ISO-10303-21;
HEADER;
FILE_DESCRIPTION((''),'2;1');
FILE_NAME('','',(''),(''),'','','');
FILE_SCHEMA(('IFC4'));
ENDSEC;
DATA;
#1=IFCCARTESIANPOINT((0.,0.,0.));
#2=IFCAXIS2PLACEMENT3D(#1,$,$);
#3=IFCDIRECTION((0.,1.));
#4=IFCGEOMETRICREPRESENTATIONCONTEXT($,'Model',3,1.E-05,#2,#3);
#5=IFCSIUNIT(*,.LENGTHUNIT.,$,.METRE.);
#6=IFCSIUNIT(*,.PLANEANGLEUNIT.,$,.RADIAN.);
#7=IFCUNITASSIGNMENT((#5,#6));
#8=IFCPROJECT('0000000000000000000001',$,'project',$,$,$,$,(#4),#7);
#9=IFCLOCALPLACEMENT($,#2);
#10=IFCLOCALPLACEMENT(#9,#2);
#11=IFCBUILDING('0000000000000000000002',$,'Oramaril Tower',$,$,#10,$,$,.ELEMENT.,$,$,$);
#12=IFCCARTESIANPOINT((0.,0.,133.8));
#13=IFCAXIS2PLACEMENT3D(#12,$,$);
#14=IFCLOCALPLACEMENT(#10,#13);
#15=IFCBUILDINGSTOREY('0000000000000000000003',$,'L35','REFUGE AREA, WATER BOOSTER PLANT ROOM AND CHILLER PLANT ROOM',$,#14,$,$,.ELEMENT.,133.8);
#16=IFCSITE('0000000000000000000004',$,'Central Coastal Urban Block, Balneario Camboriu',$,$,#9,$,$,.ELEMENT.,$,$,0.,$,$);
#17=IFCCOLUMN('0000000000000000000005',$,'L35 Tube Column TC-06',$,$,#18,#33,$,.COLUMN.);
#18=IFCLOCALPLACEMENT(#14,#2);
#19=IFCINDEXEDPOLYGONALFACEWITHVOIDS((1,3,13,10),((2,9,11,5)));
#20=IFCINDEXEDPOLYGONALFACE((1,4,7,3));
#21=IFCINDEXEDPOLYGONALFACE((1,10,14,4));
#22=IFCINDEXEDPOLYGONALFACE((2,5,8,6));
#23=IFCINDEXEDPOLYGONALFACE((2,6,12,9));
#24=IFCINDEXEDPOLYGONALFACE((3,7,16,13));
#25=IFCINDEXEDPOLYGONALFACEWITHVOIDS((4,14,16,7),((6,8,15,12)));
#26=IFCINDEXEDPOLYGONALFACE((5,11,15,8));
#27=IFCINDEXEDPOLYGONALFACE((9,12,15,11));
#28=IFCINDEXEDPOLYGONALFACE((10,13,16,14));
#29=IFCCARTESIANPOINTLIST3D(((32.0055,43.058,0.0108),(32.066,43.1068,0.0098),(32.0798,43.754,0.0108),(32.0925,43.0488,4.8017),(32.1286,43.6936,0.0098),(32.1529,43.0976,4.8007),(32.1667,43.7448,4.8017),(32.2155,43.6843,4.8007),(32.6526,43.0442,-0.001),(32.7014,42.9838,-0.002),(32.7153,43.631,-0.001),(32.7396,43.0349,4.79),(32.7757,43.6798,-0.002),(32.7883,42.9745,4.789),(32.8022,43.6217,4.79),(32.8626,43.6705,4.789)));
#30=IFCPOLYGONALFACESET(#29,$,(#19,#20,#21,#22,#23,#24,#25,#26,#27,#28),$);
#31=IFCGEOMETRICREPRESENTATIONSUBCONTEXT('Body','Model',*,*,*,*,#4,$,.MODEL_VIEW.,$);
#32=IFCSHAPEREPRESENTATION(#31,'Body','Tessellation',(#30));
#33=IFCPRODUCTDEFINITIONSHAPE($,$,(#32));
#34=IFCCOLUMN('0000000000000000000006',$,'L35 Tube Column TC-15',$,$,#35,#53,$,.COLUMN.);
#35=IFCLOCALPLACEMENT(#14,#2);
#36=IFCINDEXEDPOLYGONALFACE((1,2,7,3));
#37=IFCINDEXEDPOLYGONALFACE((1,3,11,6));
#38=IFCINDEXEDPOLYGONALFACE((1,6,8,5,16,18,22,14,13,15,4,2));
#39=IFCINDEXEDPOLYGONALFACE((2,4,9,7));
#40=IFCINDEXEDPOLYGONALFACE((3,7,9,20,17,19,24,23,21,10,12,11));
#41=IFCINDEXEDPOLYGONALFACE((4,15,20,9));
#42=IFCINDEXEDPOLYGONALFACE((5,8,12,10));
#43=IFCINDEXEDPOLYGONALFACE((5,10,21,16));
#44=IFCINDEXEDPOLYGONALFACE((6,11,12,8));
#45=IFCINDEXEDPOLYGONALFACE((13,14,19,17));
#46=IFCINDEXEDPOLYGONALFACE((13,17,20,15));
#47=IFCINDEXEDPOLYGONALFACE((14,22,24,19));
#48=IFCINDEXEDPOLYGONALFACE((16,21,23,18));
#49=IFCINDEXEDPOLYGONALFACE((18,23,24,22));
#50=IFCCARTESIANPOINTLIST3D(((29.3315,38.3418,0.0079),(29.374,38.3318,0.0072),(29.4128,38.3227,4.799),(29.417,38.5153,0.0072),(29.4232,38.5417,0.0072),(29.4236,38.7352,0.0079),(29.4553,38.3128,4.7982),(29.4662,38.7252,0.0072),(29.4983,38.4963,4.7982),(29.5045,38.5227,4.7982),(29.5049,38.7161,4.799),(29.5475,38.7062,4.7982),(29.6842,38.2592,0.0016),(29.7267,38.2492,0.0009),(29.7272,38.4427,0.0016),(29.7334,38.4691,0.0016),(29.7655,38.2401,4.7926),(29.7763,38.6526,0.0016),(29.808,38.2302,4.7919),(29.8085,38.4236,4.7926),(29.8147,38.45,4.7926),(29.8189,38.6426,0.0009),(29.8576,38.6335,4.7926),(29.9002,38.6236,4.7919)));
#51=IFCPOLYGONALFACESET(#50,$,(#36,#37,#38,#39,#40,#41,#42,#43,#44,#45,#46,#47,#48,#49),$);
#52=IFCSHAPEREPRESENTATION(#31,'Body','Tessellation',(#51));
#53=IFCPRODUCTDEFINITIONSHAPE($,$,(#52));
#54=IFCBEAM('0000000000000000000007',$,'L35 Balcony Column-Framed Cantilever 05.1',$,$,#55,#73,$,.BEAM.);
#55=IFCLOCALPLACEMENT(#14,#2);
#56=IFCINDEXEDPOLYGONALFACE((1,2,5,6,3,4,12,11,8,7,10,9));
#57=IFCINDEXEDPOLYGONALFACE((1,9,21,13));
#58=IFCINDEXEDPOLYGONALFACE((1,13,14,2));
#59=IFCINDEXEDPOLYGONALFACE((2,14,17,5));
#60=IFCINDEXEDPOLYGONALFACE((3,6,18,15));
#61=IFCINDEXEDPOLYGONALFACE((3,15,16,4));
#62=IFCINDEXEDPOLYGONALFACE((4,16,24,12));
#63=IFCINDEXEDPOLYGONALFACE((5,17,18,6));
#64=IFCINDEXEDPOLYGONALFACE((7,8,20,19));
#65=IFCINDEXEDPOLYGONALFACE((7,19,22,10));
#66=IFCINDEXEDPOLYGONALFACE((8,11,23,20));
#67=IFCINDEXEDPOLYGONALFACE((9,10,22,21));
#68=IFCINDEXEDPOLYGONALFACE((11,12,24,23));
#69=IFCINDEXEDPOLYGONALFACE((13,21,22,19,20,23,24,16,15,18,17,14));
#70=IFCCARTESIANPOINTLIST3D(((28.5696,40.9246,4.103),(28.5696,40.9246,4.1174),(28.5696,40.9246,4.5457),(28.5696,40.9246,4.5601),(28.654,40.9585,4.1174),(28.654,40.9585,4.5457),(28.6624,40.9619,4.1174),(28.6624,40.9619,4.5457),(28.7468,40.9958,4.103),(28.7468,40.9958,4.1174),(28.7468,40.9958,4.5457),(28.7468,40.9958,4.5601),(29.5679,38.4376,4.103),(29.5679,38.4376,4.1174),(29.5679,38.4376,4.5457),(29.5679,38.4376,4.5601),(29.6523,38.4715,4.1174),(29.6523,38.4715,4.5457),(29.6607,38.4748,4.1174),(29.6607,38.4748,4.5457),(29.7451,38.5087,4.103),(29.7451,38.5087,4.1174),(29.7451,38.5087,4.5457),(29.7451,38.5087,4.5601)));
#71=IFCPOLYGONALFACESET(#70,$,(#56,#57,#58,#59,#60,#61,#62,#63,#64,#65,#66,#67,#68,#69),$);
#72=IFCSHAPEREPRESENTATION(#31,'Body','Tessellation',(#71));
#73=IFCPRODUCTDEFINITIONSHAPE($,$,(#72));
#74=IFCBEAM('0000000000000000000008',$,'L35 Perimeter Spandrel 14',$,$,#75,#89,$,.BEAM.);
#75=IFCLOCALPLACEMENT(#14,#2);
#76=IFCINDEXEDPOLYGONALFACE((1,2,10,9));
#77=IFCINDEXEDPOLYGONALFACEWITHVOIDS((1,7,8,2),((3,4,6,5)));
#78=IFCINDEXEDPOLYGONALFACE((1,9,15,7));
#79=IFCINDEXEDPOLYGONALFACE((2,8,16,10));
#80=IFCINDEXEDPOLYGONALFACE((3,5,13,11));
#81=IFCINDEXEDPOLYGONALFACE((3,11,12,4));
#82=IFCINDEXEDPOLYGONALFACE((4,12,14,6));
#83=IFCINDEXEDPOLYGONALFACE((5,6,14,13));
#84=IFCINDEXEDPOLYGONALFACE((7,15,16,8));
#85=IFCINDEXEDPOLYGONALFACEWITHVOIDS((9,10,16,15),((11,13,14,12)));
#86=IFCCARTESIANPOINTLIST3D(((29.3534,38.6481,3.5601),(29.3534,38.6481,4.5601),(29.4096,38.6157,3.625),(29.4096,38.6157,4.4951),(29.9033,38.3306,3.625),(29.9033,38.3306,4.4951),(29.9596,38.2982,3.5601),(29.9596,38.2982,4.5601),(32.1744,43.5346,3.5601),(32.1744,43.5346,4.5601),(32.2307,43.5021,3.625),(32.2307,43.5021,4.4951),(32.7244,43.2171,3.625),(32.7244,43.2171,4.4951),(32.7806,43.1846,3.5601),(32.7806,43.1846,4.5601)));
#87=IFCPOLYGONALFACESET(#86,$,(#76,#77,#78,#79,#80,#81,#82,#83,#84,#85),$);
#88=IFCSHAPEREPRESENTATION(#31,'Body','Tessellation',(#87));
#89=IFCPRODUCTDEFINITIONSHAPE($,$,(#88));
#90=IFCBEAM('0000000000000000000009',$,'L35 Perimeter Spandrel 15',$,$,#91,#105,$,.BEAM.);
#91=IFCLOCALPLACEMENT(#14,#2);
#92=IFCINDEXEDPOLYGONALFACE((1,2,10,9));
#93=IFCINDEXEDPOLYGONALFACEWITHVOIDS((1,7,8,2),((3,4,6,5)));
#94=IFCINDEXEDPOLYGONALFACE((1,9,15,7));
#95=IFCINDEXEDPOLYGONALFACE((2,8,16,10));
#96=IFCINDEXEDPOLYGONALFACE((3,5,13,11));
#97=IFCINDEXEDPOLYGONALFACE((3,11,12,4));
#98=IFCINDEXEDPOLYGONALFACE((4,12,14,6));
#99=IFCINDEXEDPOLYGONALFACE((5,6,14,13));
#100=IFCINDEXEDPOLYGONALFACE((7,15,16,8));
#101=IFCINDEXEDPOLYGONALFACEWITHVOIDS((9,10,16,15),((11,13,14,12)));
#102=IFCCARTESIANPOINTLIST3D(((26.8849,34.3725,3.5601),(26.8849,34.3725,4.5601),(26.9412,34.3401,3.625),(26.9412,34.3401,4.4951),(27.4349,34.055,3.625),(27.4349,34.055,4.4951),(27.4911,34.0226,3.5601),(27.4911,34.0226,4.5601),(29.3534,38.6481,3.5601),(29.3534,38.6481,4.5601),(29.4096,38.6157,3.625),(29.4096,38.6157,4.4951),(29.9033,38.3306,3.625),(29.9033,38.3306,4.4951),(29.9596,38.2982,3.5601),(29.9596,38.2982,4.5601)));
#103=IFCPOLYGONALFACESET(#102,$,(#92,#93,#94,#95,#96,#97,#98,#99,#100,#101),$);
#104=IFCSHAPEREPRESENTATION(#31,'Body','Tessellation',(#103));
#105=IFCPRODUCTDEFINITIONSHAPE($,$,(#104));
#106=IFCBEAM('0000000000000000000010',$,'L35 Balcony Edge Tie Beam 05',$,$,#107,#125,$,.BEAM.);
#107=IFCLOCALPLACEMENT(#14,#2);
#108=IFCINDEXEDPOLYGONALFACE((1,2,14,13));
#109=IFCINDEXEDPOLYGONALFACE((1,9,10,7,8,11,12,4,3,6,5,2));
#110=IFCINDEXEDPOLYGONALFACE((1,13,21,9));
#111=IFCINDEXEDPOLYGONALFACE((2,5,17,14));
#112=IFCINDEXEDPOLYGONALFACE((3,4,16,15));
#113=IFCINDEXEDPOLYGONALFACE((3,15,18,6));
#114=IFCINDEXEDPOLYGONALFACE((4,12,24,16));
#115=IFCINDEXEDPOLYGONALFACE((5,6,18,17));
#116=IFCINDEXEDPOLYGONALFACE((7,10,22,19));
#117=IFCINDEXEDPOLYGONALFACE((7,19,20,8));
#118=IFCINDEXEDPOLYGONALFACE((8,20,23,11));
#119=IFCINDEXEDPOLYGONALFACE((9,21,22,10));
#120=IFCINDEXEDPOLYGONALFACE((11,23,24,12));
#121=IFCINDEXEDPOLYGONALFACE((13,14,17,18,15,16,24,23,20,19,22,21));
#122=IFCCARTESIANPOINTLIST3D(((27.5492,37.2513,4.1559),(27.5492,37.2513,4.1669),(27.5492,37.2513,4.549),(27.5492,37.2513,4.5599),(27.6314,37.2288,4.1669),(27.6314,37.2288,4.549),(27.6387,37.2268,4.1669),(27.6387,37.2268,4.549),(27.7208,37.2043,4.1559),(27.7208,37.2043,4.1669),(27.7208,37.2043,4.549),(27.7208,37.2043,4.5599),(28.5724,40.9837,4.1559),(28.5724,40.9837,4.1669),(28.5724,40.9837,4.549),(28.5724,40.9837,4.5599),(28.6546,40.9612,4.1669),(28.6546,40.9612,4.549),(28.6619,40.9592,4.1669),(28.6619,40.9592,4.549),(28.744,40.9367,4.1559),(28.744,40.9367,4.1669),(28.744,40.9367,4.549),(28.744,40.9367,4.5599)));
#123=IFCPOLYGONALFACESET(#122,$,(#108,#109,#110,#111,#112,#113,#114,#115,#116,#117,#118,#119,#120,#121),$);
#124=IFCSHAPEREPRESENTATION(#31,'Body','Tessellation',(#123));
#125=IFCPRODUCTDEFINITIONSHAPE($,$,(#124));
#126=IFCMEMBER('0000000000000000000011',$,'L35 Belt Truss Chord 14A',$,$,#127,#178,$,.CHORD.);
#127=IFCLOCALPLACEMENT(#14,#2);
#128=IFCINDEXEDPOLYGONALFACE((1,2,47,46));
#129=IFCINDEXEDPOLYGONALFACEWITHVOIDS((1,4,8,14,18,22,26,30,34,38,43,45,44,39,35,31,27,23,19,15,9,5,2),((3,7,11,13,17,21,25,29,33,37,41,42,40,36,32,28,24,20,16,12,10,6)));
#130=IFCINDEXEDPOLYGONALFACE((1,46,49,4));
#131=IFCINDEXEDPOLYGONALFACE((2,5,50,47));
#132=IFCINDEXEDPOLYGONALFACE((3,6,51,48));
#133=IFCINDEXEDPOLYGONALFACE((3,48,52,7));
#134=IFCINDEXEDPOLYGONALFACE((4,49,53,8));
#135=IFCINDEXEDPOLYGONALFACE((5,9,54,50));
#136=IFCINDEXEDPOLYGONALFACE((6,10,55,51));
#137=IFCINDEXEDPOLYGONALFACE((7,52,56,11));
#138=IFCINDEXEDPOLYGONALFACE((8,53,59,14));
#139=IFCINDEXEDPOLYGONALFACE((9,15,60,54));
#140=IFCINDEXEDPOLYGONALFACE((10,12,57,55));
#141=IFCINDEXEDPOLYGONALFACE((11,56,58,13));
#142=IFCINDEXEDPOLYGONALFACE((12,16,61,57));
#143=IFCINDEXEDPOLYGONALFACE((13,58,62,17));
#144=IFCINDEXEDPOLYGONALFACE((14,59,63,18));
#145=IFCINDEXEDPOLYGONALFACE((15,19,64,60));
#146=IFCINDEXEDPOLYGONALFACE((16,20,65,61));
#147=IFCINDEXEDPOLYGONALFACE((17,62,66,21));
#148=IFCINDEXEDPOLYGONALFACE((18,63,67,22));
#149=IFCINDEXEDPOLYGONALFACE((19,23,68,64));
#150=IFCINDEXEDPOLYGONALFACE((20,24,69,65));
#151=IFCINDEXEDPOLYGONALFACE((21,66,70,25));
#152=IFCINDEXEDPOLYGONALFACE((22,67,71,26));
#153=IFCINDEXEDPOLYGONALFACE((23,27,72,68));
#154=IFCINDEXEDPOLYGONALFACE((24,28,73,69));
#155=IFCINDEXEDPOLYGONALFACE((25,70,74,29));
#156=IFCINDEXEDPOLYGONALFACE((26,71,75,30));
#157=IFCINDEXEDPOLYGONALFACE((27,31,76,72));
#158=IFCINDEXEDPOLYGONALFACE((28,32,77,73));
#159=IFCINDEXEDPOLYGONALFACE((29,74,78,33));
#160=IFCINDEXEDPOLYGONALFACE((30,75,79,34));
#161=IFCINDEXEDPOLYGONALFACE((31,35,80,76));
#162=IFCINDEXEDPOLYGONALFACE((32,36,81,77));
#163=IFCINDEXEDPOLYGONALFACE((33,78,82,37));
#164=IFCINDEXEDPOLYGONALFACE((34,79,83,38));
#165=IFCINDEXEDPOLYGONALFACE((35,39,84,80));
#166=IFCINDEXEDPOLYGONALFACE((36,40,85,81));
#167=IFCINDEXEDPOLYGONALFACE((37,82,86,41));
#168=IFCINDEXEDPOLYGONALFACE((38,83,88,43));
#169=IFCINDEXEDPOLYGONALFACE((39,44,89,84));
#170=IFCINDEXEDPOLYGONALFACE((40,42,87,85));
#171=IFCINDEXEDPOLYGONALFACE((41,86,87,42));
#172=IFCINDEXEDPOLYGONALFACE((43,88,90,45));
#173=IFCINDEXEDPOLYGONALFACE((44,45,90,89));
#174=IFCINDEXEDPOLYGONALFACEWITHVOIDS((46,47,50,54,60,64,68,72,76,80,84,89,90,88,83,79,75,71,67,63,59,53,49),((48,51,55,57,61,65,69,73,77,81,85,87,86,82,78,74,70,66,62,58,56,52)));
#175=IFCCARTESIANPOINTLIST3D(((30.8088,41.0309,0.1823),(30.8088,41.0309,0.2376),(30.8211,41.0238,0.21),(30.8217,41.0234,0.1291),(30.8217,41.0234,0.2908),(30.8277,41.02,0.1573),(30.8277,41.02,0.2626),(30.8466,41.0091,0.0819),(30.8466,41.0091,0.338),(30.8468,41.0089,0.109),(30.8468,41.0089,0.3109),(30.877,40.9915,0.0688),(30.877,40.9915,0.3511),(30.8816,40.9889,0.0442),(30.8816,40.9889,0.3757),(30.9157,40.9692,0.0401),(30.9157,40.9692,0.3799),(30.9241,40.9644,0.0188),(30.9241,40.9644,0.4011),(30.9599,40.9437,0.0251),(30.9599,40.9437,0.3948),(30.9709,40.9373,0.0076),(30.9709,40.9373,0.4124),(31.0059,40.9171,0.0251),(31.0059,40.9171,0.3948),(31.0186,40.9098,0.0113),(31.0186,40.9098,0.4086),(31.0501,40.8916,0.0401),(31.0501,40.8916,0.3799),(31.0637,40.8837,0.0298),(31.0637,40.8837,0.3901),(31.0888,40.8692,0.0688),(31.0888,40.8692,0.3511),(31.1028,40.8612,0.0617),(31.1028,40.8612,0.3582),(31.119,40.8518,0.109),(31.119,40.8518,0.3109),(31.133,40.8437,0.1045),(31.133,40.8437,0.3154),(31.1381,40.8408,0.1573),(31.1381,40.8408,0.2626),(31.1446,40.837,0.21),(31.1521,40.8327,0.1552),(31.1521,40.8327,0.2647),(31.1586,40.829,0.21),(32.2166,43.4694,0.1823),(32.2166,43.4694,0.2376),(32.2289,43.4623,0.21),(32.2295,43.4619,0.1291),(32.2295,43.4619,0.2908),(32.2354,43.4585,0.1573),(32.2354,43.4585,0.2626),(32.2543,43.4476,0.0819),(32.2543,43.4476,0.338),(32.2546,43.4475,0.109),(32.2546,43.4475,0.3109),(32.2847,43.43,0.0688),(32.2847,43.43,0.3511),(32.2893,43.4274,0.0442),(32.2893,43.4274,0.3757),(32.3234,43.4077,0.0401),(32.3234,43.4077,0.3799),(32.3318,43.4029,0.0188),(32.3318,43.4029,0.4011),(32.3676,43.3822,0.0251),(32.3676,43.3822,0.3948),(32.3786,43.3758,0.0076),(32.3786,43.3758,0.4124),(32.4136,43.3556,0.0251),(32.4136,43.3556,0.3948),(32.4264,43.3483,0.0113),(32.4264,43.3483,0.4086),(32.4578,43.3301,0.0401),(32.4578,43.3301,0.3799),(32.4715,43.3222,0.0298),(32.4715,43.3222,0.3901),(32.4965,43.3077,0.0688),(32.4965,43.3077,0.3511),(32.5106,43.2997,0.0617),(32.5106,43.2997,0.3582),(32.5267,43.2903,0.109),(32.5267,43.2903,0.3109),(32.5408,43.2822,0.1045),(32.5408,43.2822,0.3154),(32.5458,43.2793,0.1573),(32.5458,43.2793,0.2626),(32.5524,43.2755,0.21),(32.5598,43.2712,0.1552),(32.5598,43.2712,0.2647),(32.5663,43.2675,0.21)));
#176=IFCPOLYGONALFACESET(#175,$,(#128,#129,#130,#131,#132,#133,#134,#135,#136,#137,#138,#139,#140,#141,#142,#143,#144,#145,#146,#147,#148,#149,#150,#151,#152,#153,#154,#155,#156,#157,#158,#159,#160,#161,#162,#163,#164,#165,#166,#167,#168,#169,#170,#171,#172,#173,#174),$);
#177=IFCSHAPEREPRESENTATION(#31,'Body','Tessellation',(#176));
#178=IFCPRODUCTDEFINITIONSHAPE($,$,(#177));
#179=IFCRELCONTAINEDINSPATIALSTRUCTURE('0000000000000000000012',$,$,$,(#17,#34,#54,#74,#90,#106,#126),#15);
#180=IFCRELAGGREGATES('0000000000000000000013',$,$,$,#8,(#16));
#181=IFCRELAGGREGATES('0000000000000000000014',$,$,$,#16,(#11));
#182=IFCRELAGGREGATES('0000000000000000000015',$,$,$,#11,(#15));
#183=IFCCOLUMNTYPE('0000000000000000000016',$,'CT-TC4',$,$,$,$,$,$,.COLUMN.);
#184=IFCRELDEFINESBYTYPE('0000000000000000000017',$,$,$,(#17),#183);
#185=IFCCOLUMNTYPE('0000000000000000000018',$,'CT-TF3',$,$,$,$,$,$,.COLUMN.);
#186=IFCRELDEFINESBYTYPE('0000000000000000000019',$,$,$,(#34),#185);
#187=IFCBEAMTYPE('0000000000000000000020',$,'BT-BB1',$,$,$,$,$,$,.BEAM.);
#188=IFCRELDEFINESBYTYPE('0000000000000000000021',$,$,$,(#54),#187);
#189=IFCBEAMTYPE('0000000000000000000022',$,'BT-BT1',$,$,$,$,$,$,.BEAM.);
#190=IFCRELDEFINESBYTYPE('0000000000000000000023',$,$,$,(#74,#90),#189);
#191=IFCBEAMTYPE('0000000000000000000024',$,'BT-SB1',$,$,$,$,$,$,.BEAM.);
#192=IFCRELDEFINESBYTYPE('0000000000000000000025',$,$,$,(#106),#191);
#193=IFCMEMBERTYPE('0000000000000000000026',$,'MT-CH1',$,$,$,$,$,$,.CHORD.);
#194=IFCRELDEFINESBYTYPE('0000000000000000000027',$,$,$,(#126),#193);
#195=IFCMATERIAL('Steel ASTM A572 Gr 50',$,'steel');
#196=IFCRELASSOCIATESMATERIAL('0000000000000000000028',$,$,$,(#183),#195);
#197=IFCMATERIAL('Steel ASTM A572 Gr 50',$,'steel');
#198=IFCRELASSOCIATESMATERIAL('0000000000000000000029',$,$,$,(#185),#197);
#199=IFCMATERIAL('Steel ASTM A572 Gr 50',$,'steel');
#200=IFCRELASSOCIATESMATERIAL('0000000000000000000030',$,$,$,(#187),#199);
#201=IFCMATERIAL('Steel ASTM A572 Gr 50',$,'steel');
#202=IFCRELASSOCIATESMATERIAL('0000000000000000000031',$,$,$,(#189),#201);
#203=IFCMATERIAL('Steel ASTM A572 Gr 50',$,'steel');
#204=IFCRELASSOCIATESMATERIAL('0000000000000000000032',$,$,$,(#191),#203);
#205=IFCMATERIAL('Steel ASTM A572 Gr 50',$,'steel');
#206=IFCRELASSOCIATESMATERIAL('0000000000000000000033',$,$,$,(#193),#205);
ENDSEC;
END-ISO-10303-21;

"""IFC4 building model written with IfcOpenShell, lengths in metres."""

from ifc_helpers import new_model, si_unit, direction, frame, origin, origin_2d, place, context, subcontext, project, spatial, hollow_rectangle, hollow_circle, i_section, extrude, material, material_profile, profile_set, type_object, element, save


model = new_model("IFC4")

# Units and contexts
model_context = context("Model", 3, precision=1e-05, world=origin(), true_north=direction((0.0, 1.0)))
body_context = subcontext(model_context, "Body", "Model", "MODEL_VIEW")
ifc_project = project(units=[si_unit("LENGTHUNIT", "METRE"), si_unit("PLANEANGLEUNIT", "RADIAN")], contexts=[model_context])

# Site, building, storey
site_placement = place(None, origin())
site = spatial("IfcSite", under=ifc_project, at=site_placement, Name="Central Coastal Urban Block, Balneario Camboriu", CompositionType="ELEMENT", RefElevation=0.0)
building_placement = place(site_placement, origin())
building = spatial("IfcBuilding", under=site, at=building_placement, Name="Oramaril Tower", CompositionType="ELEMENT")
storey_placement = place(building_placement, frame((0.0, 0.0, 133.8)))
storey = spatial("IfcBuildingStorey", under=building, at=storey_placement, Name="L35", Description="REFUGE AREA, WATER BOOSTER PLANT ROOM AND CHILLER PLANT ROOM", CompositionType="ELEMENT", Elevation=133.8)

# Columns
ifc_material_1 = material(Name="Steel ASTM A572 Gr 50", Category="steel")
ifc_material_profile_1 = material_profile(ifc_material_1, hollow_rectangle(XDim=0.7, YDim=0.7, WallThickness=0.0549, at=origin_2d()), Name="BOX700X700X55")
ifc_profile_set_1 = profile_set([ifc_material_profile_1], Name="Steel ASTM A572 Gr 50")
column_type_1 = type_object("IfcColumnType", Name="CT-TC4", PredefinedType="COLUMN", material=ifc_profile_set_1)
column_1_placement = place(storey_placement, frame((32.3906, 43.3689, 0.0044), z_axis=(0.018138, -0.001936, 0.999834), x_axis=(0.106139, 0.994351, 0.0)))
element("IfcColumn", 1, at=column_1_placement, inside=storey, type_object=column_type_1, Name="L35 Tube Column TC-06", PredefinedType="COLUMN", context=body_context, shape_type="SweptSolid", body=[
    extrude(hollow_rectangle(XDim=0.7, YDim=0.7, WallThickness=0.0549, at=origin_2d()), origin(), (0.0, 0.0, 1.0), 4.7917),
])
ifc_material_2 = material(Name="Steel ASTM A572 Gr 50", Category="steel")
ifc_material_profile_2 = material_profile(ifc_material_2, i_section(OverallWidth=0.4041, OverallDepth=0.406, WebThickness=0.0271, FlangeThickness=0.0437, at=origin_2d()), Name="W14X233")
ifc_profile_set_2 = profile_set([ifc_material_profile_2], Name="Steel ASTM A572 Gr 50")
column_type_2 = type_object("IfcColumnType", Name="CT-TF3", PredefinedType="COLUMN", material=ifc_profile_set_2)
column_2_placement = place(storey_placement, frame((29.5752, 38.4922, 0.0044), z_axis=(0.016966, -0.003974, 0.999848), x_axis=(0.228061, 0.973647, 0.0)))
element("IfcColumn", 2, at=column_2_placement, inside=storey, type_object=column_type_2, Name="L35 Tube Column TC-15", PredefinedType="COLUMN", context=body_context, shape_type="SweptSolid", body=[
    extrude(i_section(OverallWidth=0.4041, OverallDepth=0.406, WebThickness=0.0271, FlangeThickness=0.0437, at=origin_2d()), origin(), (0.0, 0.0, 1.0), 4.7917),
])

# Beams
ifc_material_3 = material(Name="Steel ASTM A572 Gr 50", Category="steel")
ifc_material_profile_3 = material_profile(ifc_material_3, i_section(OverallWidth=0.1909, OverallDepth=0.457, WebThickness=0.009, FlangeThickness=0.0144, at=origin_2d()), Name="W18X50")
ifc_profile_set_3 = profile_set([ifc_material_profile_3], Name="Steel ASTM A572 Gr 50")
beam_type_1 = type_object("IfcBeamType", Name="BT-BB1", PredefinedType="BEAM", material=ifc_profile_set_3)
beam_1_placement = place(storey_placement, frame((29.6565, 38.4731, 4.3315), z_axis=(-0.372506, 0.92803, 0.0), x_axis=(-0.92803, -0.372506, 0.0)))
element("IfcBeam", 3, at=beam_1_placement, inside=storey, type_object=beam_type_1, Name="L35 Balcony Column-Framed Cantilever 05.1", PredefinedType="BEAM", context=body_context, shape_type="SweptSolid", body=[
    extrude(i_section(OverallWidth=0.1909, OverallDepth=0.457, WebThickness=0.009, FlangeThickness=0.0144, at=origin_2d()), origin(), (0.0, 0.0, 1.0), 2.6799),
])
ifc_material_4 = material(Name="Steel ASTM A572 Gr 50", Category="steel")
ifc_material_profile_4 = material_profile(ifc_material_4, hollow_rectangle(XDim=0.7, YDim=1.0, WallThickness=0.0649, at=origin_2d()), Name="BOX1000X700X65")
ifc_profile_set_4 = profile_set([ifc_material_profile_4], Name="Steel ASTM A572 Gr 50")
beam_type_2 = type_object("IfcBeamType", Name="BT-BT1", PredefinedType="BEAM", material=ifc_profile_set_4)
beam_2_placement = place(storey_placement, frame((32.4775, 43.3596, 4.0601), z_axis=(-0.499978, -0.866038, 0.0), x_axis=(0.866038, -0.499978, 0.0)))
element("IfcBeam", 4, at=beam_2_placement, inside=storey, type_object=beam_type_2, Name="L35 Perimeter Spandrel 14", PredefinedType="BEAM", context=body_context, shape_type="SweptSolid", body=[
    extrude(hollow_rectangle(XDim=0.7, YDim=1.0, WallThickness=0.0649, at=origin_2d()), origin(), (0.0, 0.0, 1.0), 5.6423),
])
beam_3_placement = place(storey_placement, frame((29.6565, 38.4731, 4.0601), z_axis=(-0.499995, -0.866028, 0.0), x_axis=(0.866028, -0.499995, 0.0)))
element("IfcBeam", 5, at=beam_3_placement, inside=storey, type_object=beam_type_2, Name="L35 Perimeter Spandrel 15", PredefinedType="BEAM", context=body_context, shape_type="SweptSolid", body=[
    extrude(hollow_rectangle(XDim=0.7, YDim=1.0, WallThickness=0.0649, at=origin_2d()), origin(), (0.0, 0.0, 1.0), 4.937),
])
ifc_material_5 = material(Name="Steel ASTM A572 Gr 50", Category="steel")
ifc_material_profile_5 = material_profile(ifc_material_5, i_section(OverallWidth=0.178, OverallDepth=0.4041, WebThickness=0.0076, FlangeThickness=0.011, at=origin_2d()), Name="W16X36")
ifc_profile_set_5 = profile_set([ifc_material_profile_5], Name="Steel ASTM A572 Gr 50")
beam_type_3 = type_object("IfcBeamType", Name="BT-SB1", PredefinedType="BEAM", material=ifc_profile_set_5)
beam_4_placement = place(storey_placement, frame((28.6582, 40.9602, 4.3579), z_axis=(-0.264382, -0.964418, 0.0), x_axis=(0.964418, -0.264382, 0.0)))
element("IfcBeam", 6, at=beam_4_placement, inside=storey, type_object=beam_type_3, Name="L35 Balcony Edge Tie Beam 05", PredefinedType="BEAM", context=body_context, shape_type="SweptSolid", body=[
    extrude(i_section(OverallWidth=0.178, OverallDepth=0.4041, WebThickness=0.0076, FlangeThickness=0.011, at=origin_2d()), origin(), (0.0, 0.0, 1.0), 3.8701),
])

# Member
ifc_material_6 = material(Name="Steel ASTM A572 Gr 50", Category="steel")
ifc_material_profile_6 = material_profile(ifc_material_6, hollow_circle(Radius=0.2029, WallThickness=0.0161, at=origin_2d()), Name="CHS406X16")
ifc_profile_set_6 = profile_set([ifc_material_profile_6], Name="Steel ASTM A572 Gr 50")
member_type_1 = type_object("IfcMemberType", Name="MT-CH1", PredefinedType="CHORD", material=ifc_profile_set_6)
member_1_placement = place(storey_placement, frame((32.3906, 43.3689, 0.21), z_axis=(-0.499963, -0.866047, 0.0), x_axis=(0.866047, -0.499963, 0.0)))
element("IfcMember", 7, at=member_1_placement, inside=storey, type_object=member_type_1, Name="L35 Belt Truss Chord 14A", PredefinedType="CHORD", context=body_context, shape_type="SweptSolid", body=[
    extrude(hollow_circle(Radius=0.2029, WallThickness=0.0161, at=origin_2d()), origin(), (0.0, 0.0, 1.0), 2.8157),
])

save(model, "model.ifc")
